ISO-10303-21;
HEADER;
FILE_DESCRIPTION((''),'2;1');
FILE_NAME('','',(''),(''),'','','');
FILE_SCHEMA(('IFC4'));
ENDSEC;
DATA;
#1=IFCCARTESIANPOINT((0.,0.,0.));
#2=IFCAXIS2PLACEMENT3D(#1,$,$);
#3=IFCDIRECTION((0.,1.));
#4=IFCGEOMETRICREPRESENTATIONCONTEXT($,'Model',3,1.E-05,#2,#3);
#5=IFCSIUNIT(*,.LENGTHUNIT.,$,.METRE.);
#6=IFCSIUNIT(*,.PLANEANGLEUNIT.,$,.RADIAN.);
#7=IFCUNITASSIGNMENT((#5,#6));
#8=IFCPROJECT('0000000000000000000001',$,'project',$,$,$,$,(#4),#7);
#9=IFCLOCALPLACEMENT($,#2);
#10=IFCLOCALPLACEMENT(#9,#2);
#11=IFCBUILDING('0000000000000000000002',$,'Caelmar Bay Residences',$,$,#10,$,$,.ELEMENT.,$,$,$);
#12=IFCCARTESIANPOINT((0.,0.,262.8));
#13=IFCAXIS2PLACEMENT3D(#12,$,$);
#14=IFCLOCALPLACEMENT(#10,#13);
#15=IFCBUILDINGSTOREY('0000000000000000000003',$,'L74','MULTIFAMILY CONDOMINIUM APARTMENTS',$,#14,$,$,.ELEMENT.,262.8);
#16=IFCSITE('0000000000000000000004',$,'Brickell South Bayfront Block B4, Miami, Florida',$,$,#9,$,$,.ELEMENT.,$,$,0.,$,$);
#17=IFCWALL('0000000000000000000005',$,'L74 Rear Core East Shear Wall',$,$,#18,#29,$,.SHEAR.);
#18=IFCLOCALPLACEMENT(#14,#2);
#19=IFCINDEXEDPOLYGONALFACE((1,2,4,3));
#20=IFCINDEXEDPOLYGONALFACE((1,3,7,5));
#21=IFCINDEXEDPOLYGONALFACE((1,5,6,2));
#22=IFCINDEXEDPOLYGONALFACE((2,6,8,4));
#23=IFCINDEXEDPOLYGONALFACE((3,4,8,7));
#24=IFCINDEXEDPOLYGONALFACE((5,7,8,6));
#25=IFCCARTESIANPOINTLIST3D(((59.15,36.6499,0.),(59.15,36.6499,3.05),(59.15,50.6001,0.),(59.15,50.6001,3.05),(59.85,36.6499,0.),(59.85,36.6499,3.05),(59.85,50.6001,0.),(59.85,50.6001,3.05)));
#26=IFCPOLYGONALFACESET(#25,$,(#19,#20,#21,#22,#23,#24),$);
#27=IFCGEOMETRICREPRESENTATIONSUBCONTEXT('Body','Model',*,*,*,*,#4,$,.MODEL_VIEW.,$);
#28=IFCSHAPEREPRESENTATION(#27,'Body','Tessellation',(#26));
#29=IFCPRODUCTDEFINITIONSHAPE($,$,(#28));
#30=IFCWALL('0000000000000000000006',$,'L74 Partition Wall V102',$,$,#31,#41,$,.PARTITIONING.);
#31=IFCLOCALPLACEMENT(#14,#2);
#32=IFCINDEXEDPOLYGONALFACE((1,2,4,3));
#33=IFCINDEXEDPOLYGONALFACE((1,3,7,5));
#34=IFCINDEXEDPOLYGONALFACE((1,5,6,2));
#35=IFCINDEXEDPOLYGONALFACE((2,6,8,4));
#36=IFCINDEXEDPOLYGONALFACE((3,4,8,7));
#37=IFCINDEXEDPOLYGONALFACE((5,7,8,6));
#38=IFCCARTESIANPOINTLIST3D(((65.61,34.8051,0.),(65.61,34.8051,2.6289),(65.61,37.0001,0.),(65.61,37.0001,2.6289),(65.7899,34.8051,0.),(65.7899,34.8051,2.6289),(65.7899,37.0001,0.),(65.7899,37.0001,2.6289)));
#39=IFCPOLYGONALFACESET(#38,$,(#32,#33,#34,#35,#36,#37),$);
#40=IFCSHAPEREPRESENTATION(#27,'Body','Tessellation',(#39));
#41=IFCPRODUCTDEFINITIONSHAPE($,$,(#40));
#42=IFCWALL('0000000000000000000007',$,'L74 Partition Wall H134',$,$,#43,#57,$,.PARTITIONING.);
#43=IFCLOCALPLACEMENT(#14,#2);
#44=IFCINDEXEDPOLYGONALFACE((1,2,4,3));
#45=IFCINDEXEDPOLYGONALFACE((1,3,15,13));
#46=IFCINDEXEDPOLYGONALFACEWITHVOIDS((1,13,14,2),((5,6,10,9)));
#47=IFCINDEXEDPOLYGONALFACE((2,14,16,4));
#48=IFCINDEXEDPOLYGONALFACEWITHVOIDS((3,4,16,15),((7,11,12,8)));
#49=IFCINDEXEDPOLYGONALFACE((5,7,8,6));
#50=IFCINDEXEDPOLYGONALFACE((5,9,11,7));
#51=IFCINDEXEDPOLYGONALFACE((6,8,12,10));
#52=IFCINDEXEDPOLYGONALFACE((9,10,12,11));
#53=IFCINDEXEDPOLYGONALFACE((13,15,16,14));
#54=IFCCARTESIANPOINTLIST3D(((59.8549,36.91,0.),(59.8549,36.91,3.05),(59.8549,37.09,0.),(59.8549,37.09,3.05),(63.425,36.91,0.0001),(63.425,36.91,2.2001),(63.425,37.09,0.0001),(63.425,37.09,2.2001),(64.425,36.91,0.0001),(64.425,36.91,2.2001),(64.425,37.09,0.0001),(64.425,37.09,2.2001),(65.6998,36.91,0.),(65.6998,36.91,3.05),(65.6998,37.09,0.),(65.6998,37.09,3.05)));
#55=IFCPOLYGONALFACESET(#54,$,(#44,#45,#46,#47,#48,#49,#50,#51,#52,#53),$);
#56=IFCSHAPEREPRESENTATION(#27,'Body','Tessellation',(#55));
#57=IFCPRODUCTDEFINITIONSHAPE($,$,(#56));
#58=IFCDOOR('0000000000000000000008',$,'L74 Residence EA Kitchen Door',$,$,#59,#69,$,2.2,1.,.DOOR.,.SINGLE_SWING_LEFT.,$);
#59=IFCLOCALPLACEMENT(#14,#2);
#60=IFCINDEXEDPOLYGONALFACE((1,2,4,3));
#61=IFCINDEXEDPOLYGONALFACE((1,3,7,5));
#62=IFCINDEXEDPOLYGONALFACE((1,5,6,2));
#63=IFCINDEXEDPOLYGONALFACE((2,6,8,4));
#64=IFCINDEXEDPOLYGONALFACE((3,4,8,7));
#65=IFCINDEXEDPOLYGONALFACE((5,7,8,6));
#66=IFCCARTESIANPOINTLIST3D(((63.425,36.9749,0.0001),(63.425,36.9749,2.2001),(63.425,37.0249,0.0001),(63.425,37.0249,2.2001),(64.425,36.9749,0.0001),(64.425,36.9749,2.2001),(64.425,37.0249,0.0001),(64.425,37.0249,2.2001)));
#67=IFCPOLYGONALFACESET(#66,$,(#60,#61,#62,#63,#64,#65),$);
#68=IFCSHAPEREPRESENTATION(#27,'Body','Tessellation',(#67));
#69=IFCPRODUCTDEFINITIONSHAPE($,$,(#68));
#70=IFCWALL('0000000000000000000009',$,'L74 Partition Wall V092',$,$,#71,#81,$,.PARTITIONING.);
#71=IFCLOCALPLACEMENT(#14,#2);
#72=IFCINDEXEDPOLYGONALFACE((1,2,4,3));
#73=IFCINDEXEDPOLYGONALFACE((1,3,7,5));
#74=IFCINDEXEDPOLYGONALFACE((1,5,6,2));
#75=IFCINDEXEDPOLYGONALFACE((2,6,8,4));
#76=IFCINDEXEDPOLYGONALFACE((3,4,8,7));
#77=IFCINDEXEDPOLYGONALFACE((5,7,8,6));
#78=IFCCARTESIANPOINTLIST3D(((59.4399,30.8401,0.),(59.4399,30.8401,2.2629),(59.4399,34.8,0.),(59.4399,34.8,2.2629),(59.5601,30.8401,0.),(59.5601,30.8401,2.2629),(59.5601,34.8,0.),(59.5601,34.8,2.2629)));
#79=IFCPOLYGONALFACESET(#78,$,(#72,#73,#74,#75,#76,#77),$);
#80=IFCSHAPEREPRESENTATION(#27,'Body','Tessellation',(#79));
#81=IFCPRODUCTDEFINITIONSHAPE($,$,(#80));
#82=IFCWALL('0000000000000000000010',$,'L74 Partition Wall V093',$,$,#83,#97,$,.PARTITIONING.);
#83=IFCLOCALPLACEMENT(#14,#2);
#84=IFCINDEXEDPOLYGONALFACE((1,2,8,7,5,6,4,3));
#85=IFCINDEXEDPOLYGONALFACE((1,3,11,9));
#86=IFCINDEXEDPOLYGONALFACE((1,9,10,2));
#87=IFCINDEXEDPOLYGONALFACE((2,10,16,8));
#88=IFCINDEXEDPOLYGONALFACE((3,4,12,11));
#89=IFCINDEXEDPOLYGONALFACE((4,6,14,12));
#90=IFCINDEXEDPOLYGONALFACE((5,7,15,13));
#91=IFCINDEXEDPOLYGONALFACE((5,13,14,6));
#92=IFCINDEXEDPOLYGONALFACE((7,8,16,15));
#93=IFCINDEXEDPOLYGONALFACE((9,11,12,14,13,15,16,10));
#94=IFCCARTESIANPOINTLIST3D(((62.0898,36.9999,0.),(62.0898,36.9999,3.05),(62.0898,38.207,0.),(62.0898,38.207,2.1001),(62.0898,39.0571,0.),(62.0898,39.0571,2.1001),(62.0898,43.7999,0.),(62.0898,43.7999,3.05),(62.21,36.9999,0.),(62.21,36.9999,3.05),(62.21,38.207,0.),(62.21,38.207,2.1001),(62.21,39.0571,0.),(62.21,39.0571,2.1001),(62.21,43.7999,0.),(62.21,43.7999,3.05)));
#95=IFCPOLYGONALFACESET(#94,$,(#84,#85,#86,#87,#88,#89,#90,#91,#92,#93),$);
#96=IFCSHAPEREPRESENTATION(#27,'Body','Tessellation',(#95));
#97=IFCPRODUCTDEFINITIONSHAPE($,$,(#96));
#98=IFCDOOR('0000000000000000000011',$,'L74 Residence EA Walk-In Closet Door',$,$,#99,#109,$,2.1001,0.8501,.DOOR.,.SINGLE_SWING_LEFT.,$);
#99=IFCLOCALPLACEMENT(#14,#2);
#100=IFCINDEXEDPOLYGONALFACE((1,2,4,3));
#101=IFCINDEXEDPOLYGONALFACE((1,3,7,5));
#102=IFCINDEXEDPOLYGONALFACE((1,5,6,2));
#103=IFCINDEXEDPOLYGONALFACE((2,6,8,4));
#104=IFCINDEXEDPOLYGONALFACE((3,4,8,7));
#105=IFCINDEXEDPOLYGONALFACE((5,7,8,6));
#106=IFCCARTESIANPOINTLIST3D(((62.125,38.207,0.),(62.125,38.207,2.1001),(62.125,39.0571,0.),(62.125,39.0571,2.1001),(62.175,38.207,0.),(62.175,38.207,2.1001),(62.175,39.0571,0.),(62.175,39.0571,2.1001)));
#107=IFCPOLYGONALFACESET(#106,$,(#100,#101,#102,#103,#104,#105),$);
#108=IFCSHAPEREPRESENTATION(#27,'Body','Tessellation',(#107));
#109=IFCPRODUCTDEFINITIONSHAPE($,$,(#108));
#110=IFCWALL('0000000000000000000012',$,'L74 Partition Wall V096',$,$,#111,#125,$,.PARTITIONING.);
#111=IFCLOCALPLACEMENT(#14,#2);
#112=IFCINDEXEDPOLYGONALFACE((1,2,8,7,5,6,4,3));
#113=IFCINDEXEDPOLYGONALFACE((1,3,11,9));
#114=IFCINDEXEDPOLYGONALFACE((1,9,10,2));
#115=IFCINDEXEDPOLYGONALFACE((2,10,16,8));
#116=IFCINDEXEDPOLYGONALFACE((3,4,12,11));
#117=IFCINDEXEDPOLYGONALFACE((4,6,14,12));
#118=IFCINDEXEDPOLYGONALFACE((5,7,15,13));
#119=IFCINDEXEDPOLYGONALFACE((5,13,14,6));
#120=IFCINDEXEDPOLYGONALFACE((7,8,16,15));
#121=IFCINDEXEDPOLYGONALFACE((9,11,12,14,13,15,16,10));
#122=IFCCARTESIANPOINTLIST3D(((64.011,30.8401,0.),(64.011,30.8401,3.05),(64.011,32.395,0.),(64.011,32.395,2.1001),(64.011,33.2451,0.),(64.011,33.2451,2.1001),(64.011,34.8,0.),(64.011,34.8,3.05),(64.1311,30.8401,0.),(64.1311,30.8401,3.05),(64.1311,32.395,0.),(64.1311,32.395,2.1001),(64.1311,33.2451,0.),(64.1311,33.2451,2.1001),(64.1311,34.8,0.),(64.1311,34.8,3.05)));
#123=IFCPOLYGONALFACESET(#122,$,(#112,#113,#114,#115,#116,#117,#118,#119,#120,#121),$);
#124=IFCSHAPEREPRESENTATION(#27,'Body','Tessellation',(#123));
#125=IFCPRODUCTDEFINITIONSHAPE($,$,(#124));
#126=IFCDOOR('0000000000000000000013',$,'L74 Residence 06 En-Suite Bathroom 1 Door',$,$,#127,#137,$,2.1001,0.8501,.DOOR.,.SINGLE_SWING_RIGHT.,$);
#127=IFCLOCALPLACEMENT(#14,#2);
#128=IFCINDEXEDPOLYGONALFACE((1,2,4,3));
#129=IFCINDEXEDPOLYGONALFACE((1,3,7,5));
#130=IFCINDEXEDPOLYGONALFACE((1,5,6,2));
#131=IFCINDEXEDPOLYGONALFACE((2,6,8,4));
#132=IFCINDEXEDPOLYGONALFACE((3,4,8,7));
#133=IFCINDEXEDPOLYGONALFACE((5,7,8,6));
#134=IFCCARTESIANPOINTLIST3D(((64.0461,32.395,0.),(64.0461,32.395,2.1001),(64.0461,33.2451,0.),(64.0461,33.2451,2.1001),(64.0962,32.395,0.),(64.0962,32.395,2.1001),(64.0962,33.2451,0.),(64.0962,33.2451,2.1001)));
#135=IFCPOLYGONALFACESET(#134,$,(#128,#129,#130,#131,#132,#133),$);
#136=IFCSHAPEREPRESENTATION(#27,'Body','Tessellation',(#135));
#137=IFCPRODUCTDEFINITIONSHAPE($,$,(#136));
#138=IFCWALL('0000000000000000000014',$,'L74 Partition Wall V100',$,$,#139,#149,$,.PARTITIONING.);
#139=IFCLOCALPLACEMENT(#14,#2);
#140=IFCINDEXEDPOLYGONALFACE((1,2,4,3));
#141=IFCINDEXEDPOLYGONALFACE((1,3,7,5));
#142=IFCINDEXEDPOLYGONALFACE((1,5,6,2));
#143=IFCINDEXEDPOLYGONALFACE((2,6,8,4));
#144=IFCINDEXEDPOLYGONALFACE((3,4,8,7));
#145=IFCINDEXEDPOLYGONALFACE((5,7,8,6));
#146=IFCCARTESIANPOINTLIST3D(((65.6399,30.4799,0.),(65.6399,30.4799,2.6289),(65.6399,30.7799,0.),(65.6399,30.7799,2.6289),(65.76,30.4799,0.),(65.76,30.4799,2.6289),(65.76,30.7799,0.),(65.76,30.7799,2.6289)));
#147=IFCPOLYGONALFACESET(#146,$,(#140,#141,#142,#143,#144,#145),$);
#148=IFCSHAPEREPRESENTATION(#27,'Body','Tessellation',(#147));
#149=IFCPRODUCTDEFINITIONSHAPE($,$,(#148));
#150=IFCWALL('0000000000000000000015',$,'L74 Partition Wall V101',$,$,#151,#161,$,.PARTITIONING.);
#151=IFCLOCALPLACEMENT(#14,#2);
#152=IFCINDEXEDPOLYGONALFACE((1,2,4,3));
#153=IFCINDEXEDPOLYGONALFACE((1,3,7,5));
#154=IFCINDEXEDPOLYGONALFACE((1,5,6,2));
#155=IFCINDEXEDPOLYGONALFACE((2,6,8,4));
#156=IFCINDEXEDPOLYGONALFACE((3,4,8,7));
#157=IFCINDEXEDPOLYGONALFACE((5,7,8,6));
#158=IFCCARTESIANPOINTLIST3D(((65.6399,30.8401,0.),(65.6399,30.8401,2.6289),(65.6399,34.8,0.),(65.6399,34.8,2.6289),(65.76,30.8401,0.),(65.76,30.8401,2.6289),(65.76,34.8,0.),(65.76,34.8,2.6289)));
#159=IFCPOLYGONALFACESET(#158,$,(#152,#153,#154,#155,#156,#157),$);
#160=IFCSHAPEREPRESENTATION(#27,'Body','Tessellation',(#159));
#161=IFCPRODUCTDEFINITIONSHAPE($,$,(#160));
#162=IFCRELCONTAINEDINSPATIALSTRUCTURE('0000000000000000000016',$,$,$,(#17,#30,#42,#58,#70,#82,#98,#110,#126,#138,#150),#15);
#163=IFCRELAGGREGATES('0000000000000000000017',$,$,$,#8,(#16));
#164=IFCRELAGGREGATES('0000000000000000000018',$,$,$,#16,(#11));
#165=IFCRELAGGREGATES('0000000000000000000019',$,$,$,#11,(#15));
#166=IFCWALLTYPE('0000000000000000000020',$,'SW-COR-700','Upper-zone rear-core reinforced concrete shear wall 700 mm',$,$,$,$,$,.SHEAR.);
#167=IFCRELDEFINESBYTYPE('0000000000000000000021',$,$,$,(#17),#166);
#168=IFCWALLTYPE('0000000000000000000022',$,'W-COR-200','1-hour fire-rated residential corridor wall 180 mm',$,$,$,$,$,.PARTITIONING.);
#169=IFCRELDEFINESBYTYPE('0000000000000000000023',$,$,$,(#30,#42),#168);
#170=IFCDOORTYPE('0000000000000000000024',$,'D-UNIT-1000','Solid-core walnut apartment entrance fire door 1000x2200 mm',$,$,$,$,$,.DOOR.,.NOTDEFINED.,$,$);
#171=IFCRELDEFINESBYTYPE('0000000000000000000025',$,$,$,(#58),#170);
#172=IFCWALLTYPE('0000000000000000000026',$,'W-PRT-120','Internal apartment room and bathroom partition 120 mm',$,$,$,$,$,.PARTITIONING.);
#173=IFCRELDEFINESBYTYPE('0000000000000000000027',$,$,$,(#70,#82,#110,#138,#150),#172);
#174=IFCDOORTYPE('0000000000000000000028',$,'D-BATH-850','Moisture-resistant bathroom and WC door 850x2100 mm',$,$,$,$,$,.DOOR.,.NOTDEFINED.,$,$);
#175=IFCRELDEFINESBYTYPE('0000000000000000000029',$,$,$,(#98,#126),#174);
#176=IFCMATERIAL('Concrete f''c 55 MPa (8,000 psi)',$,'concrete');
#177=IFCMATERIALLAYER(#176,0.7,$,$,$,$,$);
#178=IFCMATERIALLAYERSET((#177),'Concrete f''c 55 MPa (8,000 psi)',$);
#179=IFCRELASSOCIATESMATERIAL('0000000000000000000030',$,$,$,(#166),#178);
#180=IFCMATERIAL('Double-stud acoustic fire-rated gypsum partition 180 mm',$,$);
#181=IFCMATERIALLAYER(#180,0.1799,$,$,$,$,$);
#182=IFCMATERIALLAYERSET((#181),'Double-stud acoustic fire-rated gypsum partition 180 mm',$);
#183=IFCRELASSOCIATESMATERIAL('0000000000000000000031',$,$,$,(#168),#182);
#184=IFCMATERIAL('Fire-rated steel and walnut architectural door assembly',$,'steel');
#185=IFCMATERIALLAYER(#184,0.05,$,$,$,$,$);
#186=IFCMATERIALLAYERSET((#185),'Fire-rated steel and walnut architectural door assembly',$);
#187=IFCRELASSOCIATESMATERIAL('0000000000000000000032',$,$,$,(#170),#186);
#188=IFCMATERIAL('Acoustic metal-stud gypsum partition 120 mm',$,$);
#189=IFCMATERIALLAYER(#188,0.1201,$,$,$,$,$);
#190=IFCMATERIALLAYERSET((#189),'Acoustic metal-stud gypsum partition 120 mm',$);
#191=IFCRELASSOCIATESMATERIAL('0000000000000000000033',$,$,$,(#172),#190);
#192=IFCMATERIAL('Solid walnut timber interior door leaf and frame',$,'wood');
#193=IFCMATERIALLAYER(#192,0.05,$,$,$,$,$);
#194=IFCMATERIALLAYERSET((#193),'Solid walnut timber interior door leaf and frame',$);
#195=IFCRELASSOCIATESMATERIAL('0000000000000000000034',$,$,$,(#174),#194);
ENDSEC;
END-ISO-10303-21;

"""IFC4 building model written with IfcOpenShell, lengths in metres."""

from ifc_helpers import new_model, si_unit, direction, frame, frame_2d, origin, place, context, subcontext, project, spatial, rectangle, extrude, material, layer, layer_set, type_object, element, fill, save


model = new_model("IFC4")

# Units and contexts
model_context = context("Model", 3, precision=1e-05, world=origin(), true_north=direction((0.0, 1.0)))
body_context = subcontext(model_context, "Body", "Model", "MODEL_VIEW")
ifc_project = project(units=[si_unit("LENGTHUNIT", "METRE"), si_unit("PLANEANGLEUNIT", "RADIAN")], contexts=[model_context])

# Site, building, storey
site_placement = place(None, origin())
site = spatial("IfcSite", under=ifc_project, at=site_placement, Name="Brickell South Bayfront Block B4, Miami, Florida", CompositionType="ELEMENT", RefElevation=0.0)
building_placement = place(site_placement, origin())
building = spatial("IfcBuilding", under=site, at=building_placement, Name="Caelmar Bay Residences", CompositionType="ELEMENT")
storey_placement = place(building_placement, frame((0.0, 0.0, 262.8)))
storey = spatial("IfcBuildingStorey", under=building, at=storey_placement, Name="L74", Description="MULTIFAMILY CONDOMINIUM APARTMENTS", CompositionType="ELEMENT", Elevation=262.8)

# Walls
ifc_material_1 = material(Name="Concrete f'c 55 MPa (8,000 psi)", Category="concrete")
ifc_layer_1 = layer(ifc_material_1, 0.7)
ifc_layer_set_1 = layer_set([ifc_layer_1], Name="Concrete f'c 55 MPa (8,000 psi)")
wall_type_1 = type_object("IfcWallType", Name="SW-COR-700", Description="Upper-zone rear-core reinforced concrete shear wall 700 mm", PredefinedType="SHEAR", material=ifc_layer_set_1)
wall_1_placement = place(storey_placement, frame((59.5, 36.6499, 0.0), z_axis=(0.0, 0.0, 1.0), x_axis=(0.0, 1.0, 0.0)))
element("IfcWall", 1, at=wall_1_placement, inside=storey, type_object=wall_type_1, Name="L74 Rear Core East Shear Wall", PredefinedType="SHEAR", context=body_context, shape_type="SweptSolid", body=[
    extrude(rectangle(XDim=13.9502, YDim=0.7, at=frame_2d((6.9751, 0.0))), origin(), (0.0, 0.0, 1.0), 3.05),
])
ifc_material_2 = material(Name="Double-stud acoustic fire-rated gypsum partition 180 mm")
ifc_layer_2 = layer(ifc_material_2, 0.1799)
ifc_layer_set_2 = layer_set([ifc_layer_2], Name="Double-stud acoustic fire-rated gypsum partition 180 mm")
wall_type_2 = type_object("IfcWallType", Name="W-COR-200", Description="1-hour fire-rated residential corridor wall 180 mm", PredefinedType="PARTITIONING", material=ifc_layer_set_2)
wall_2_placement = place(storey_placement, frame((65.7, 34.8049, 0.0), z_axis=(0.0, 0.0, 1.0), x_axis=(0.0, 1.0, 0.0)))
element("IfcWall", 2, at=wall_2_placement, inside=storey, type_object=wall_type_2, Name="L74 Partition Wall V102", PredefinedType="PARTITIONING", context=body_context, shape_type="SweptSolid", body=[
    extrude(rectangle(XDim=2.1951, YDim=0.1799, at=frame_2d((1.0977, 0.0))), origin(), (0.0, 0.0, 1.0), 2.6289),
])

# Wall, opening, door
wall_3_placement = place(storey_placement, frame((59.855, 37.0, 0.0), z_axis=(0.0, 0.0, 1.0), x_axis=(1.0, 0.0, 0.0)))
wall_3 = element("IfcWall", 3, at=wall_3_placement, inside=storey, type_object=wall_type_2, Name="L74 Partition Wall H134", PredefinedType="PARTITIONING", context=body_context, shape_type="SweptSolid", body=[
    extrude(rectangle(XDim=5.845, YDim=0.1799, at=frame_2d((2.9224, 0.0))), origin(), (0.0, 0.0, 1.0), 3.05),
])
opening_1_placement = place(wall_3_placement, frame((3.5701, 0.0, 0.0)))
opening_1 = element("IfcOpeningElement", 4, at=opening_1_placement, cuts=wall_3, PredefinedType="OPENING", context=body_context, shape_type="SweptSolid", body=[
    extrude(rectangle(XDim=1.0, YDim=2.2, at=frame_2d((0.5, 1.1001))), frame((0.0, 0.0999, 0.0), z_axis=(0.0, -1.0, 0.0), x_axis=(1.0, 0.0, 0.0)), (0.0, 0.0, 1.0), 0.2),
])
ifc_material_3 = material(Name="Fire-rated steel and walnut architectural door assembly", Category="steel")
ifc_layer_3 = layer(ifc_material_3, 0.05)
ifc_layer_set_3 = layer_set([ifc_layer_3], Name="Fire-rated steel and walnut architectural door assembly")
door_type_1 = type_object("IfcDoorType", Name="D-UNIT-1000", Description="Solid-core walnut apartment entrance fire door 1000x2200 mm", OperationType="NOTDEFINED", PredefinedType="DOOR", material=ifc_layer_set_3)
door_1_placement = place(opening_1_placement, origin())
door_1 = element("IfcDoor", 5, at=door_1_placement, inside=storey, type_object=door_type_1, Name="L74 Residence EA Kitchen Door", OperationType="SINGLE_SWING_LEFT", OverallHeight=2.2, OverallWidth=1.0, PredefinedType="DOOR", context=body_context, shape_type="SweptSolid", body=[
    extrude(rectangle(XDim=1.0, YDim=2.2, at=frame_2d((0.5, 1.1001))), frame((0.0, 0.0249, 0.0), z_axis=(0.0, -1.0, 0.0), x_axis=(1.0, 0.0, 0.0)), (0.0, 0.0, 1.0), 0.05),
])
fill(opening_1, door_1)

# Wall
ifc_material_4 = material(Name="Acoustic metal-stud gypsum partition 120 mm")
ifc_layer_4 = layer(ifc_material_4, 0.1201)
ifc_layer_set_4 = layer_set([ifc_layer_4], Name="Acoustic metal-stud gypsum partition 120 mm")
wall_type_3 = type_object("IfcWallType", Name="W-PRT-120", Description="Internal apartment room and bathroom partition 120 mm", PredefinedType="PARTITIONING", material=ifc_layer_set_4)
wall_4_placement = place(storey_placement, frame((59.5, 30.8401, 0.0), z_axis=(0.0, 0.0, 1.0), x_axis=(0.0, 1.0, 0.0)))
element("IfcWall", 6, at=wall_4_placement, inside=storey, type_object=wall_type_3, Name="L74 Partition Wall V092", PredefinedType="PARTITIONING", context=body_context, shape_type="SweptSolid", body=[
    extrude(rectangle(XDim=3.96, YDim=0.1201, at=frame_2d((1.98, 0.0))), origin(), (0.0, 0.0, 1.0), 2.2629),
])

# Walls, openings, doors
wall_5_placement = place(storey_placement, frame((62.1499, 37.0, 0.0), z_axis=(0.0, 0.0, 1.0), x_axis=(0.0, 1.0, 0.0)))
wall_5 = element("IfcWall", 7, at=wall_5_placement, inside=storey, type_object=wall_type_3, Name="L74 Partition Wall V093", PredefinedType="PARTITIONING", context=body_context, shape_type="SweptSolid", body=[
    extrude(rectangle(XDim=6.8, YDim=0.1201, at=frame_2d((3.3999, 0.0))), origin(), (0.0, 0.0, 1.0), 3.05),
])
opening_2_placement = place(wall_5_placement, frame((1.207, 0.0, 0.0)))
opening_2 = element("IfcOpeningElement", 8, at=opening_2_placement, cuts=wall_5, PredefinedType="OPENING", context=body_context, shape_type="SweptSolid", body=[
    extrude(rectangle(XDim=0.8501, YDim=2.1001, at=frame_2d((0.425, 1.05))), frame((0.0, 0.0701, 0.0), z_axis=(0.0, -1.0, 0.0), x_axis=(1.0, 0.0, 0.0)), (0.0, 0.0, 1.0), 0.1401),
])
ifc_material_5 = material(Name="Solid walnut timber interior door leaf and frame", Category="wood")
ifc_layer_5 = layer(ifc_material_5, 0.05)
ifc_layer_set_5 = layer_set([ifc_layer_5], Name="Solid walnut timber interior door leaf and frame")
door_type_2 = type_object("IfcDoorType", Name="D-BATH-850", Description="Moisture-resistant bathroom and WC door 850x2100 mm", OperationType="NOTDEFINED", PredefinedType="DOOR", material=ifc_layer_set_5)
door_2_placement = place(opening_2_placement, origin())
door_2 = element("IfcDoor", 9, at=door_2_placement, inside=storey, type_object=door_type_2, Name="L74 Residence EA Walk-In Closet Door", OperationType="SINGLE_SWING_LEFT", OverallHeight=2.1001, OverallWidth=0.8501, PredefinedType="DOOR", context=body_context, shape_type="SweptSolid", body=[
    extrude(rectangle(XDim=0.8501, YDim=2.1001, at=frame_2d((0.425, 1.05))), frame((0.0, 0.0249, 0.0), z_axis=(0.0, -1.0, 0.0), x_axis=(1.0, 0.0, 0.0)), (0.0, 0.0, 1.0), 0.05),
])
fill(opening_2, door_2)
wall_6_placement = place(storey_placement, frame((64.071, 30.8401, 0.0), z_axis=(0.0, 0.0, 1.0), x_axis=(0.0, 1.0, 0.0)))
wall_6 = element("IfcWall", 10, at=wall_6_placement, inside=storey, type_object=wall_type_3, Name="L74 Partition Wall V096", PredefinedType="PARTITIONING", context=body_context, shape_type="SweptSolid", body=[
    extrude(rectangle(XDim=3.96, YDim=0.1201, at=frame_2d((1.98, 0.0))), origin(), (0.0, 0.0, 1.0), 3.05),
])
opening_3_placement = place(wall_6_placement, frame((1.5549, 0.0, 0.0)))
opening_3 = element("IfcOpeningElement", 11, at=opening_3_placement, cuts=wall_6, PredefinedType="OPENING", context=body_context, shape_type="SweptSolid", body=[
    extrude(rectangle(XDim=0.8501, YDim=2.1001, at=frame_2d((0.425, 1.05))), frame((0.0, 0.0701, 0.0), z_axis=(0.0, -1.0, 0.0), x_axis=(1.0, 0.0, 0.0)), (0.0, 0.0, 1.0), 0.1401),
])
door_3_placement = place(opening_3_placement, origin())
door_3 = element("IfcDoor", 12, at=door_3_placement, inside=storey, type_object=door_type_2, Name="L74 Residence 06 En-Suite Bathroom 1 Door", OperationType="SINGLE_SWING_RIGHT", OverallHeight=2.1001, OverallWidth=0.8501, PredefinedType="DOOR", context=body_context, shape_type="SweptSolid", body=[
    extrude(rectangle(XDim=0.8501, YDim=2.1001, at=frame_2d((0.425, 1.05))), frame((0.0, 0.0249, 0.0), z_axis=(0.0, -1.0, 0.0), x_axis=(1.0, 0.0, 0.0)), (0.0, 0.0, 1.0), 0.05),
])
fill(opening_3, door_3)

# Walls
wall_7_placement = place(storey_placement, frame((65.7, 30.48, 0.0), z_axis=(0.0, 0.0, 1.0), x_axis=(0.0, 1.0, 0.0)))
element("IfcWall", 13, at=wall_7_placement, inside=storey, type_object=wall_type_3, Name="L74 Partition Wall V100", PredefinedType="PARTITIONING", context=body_context, shape_type="SweptSolid", body=[
    extrude(rectangle(XDim=0.3, YDim=0.1201, at=frame_2d((0.1499, 0.0))), origin(), (0.0, 0.0, 1.0), 2.6289),
])
wall_8_placement = place(storey_placement, frame((65.7, 30.8401, 0.0), z_axis=(0.0, 0.0, 1.0), x_axis=(0.0, 1.0, 0.0)))
element("IfcWall", 14, at=wall_8_placement, inside=storey, type_object=wall_type_3, Name="L74 Partition Wall V101", PredefinedType="PARTITIONING", context=body_context, shape_type="SweptSolid", body=[
    extrude(rectangle(XDim=3.96, YDim=0.1201, at=frame_2d((1.98, 0.0))), origin(), (0.0, 0.0, 1.0), 2.6289),
])

save(model, "model.ifc")
